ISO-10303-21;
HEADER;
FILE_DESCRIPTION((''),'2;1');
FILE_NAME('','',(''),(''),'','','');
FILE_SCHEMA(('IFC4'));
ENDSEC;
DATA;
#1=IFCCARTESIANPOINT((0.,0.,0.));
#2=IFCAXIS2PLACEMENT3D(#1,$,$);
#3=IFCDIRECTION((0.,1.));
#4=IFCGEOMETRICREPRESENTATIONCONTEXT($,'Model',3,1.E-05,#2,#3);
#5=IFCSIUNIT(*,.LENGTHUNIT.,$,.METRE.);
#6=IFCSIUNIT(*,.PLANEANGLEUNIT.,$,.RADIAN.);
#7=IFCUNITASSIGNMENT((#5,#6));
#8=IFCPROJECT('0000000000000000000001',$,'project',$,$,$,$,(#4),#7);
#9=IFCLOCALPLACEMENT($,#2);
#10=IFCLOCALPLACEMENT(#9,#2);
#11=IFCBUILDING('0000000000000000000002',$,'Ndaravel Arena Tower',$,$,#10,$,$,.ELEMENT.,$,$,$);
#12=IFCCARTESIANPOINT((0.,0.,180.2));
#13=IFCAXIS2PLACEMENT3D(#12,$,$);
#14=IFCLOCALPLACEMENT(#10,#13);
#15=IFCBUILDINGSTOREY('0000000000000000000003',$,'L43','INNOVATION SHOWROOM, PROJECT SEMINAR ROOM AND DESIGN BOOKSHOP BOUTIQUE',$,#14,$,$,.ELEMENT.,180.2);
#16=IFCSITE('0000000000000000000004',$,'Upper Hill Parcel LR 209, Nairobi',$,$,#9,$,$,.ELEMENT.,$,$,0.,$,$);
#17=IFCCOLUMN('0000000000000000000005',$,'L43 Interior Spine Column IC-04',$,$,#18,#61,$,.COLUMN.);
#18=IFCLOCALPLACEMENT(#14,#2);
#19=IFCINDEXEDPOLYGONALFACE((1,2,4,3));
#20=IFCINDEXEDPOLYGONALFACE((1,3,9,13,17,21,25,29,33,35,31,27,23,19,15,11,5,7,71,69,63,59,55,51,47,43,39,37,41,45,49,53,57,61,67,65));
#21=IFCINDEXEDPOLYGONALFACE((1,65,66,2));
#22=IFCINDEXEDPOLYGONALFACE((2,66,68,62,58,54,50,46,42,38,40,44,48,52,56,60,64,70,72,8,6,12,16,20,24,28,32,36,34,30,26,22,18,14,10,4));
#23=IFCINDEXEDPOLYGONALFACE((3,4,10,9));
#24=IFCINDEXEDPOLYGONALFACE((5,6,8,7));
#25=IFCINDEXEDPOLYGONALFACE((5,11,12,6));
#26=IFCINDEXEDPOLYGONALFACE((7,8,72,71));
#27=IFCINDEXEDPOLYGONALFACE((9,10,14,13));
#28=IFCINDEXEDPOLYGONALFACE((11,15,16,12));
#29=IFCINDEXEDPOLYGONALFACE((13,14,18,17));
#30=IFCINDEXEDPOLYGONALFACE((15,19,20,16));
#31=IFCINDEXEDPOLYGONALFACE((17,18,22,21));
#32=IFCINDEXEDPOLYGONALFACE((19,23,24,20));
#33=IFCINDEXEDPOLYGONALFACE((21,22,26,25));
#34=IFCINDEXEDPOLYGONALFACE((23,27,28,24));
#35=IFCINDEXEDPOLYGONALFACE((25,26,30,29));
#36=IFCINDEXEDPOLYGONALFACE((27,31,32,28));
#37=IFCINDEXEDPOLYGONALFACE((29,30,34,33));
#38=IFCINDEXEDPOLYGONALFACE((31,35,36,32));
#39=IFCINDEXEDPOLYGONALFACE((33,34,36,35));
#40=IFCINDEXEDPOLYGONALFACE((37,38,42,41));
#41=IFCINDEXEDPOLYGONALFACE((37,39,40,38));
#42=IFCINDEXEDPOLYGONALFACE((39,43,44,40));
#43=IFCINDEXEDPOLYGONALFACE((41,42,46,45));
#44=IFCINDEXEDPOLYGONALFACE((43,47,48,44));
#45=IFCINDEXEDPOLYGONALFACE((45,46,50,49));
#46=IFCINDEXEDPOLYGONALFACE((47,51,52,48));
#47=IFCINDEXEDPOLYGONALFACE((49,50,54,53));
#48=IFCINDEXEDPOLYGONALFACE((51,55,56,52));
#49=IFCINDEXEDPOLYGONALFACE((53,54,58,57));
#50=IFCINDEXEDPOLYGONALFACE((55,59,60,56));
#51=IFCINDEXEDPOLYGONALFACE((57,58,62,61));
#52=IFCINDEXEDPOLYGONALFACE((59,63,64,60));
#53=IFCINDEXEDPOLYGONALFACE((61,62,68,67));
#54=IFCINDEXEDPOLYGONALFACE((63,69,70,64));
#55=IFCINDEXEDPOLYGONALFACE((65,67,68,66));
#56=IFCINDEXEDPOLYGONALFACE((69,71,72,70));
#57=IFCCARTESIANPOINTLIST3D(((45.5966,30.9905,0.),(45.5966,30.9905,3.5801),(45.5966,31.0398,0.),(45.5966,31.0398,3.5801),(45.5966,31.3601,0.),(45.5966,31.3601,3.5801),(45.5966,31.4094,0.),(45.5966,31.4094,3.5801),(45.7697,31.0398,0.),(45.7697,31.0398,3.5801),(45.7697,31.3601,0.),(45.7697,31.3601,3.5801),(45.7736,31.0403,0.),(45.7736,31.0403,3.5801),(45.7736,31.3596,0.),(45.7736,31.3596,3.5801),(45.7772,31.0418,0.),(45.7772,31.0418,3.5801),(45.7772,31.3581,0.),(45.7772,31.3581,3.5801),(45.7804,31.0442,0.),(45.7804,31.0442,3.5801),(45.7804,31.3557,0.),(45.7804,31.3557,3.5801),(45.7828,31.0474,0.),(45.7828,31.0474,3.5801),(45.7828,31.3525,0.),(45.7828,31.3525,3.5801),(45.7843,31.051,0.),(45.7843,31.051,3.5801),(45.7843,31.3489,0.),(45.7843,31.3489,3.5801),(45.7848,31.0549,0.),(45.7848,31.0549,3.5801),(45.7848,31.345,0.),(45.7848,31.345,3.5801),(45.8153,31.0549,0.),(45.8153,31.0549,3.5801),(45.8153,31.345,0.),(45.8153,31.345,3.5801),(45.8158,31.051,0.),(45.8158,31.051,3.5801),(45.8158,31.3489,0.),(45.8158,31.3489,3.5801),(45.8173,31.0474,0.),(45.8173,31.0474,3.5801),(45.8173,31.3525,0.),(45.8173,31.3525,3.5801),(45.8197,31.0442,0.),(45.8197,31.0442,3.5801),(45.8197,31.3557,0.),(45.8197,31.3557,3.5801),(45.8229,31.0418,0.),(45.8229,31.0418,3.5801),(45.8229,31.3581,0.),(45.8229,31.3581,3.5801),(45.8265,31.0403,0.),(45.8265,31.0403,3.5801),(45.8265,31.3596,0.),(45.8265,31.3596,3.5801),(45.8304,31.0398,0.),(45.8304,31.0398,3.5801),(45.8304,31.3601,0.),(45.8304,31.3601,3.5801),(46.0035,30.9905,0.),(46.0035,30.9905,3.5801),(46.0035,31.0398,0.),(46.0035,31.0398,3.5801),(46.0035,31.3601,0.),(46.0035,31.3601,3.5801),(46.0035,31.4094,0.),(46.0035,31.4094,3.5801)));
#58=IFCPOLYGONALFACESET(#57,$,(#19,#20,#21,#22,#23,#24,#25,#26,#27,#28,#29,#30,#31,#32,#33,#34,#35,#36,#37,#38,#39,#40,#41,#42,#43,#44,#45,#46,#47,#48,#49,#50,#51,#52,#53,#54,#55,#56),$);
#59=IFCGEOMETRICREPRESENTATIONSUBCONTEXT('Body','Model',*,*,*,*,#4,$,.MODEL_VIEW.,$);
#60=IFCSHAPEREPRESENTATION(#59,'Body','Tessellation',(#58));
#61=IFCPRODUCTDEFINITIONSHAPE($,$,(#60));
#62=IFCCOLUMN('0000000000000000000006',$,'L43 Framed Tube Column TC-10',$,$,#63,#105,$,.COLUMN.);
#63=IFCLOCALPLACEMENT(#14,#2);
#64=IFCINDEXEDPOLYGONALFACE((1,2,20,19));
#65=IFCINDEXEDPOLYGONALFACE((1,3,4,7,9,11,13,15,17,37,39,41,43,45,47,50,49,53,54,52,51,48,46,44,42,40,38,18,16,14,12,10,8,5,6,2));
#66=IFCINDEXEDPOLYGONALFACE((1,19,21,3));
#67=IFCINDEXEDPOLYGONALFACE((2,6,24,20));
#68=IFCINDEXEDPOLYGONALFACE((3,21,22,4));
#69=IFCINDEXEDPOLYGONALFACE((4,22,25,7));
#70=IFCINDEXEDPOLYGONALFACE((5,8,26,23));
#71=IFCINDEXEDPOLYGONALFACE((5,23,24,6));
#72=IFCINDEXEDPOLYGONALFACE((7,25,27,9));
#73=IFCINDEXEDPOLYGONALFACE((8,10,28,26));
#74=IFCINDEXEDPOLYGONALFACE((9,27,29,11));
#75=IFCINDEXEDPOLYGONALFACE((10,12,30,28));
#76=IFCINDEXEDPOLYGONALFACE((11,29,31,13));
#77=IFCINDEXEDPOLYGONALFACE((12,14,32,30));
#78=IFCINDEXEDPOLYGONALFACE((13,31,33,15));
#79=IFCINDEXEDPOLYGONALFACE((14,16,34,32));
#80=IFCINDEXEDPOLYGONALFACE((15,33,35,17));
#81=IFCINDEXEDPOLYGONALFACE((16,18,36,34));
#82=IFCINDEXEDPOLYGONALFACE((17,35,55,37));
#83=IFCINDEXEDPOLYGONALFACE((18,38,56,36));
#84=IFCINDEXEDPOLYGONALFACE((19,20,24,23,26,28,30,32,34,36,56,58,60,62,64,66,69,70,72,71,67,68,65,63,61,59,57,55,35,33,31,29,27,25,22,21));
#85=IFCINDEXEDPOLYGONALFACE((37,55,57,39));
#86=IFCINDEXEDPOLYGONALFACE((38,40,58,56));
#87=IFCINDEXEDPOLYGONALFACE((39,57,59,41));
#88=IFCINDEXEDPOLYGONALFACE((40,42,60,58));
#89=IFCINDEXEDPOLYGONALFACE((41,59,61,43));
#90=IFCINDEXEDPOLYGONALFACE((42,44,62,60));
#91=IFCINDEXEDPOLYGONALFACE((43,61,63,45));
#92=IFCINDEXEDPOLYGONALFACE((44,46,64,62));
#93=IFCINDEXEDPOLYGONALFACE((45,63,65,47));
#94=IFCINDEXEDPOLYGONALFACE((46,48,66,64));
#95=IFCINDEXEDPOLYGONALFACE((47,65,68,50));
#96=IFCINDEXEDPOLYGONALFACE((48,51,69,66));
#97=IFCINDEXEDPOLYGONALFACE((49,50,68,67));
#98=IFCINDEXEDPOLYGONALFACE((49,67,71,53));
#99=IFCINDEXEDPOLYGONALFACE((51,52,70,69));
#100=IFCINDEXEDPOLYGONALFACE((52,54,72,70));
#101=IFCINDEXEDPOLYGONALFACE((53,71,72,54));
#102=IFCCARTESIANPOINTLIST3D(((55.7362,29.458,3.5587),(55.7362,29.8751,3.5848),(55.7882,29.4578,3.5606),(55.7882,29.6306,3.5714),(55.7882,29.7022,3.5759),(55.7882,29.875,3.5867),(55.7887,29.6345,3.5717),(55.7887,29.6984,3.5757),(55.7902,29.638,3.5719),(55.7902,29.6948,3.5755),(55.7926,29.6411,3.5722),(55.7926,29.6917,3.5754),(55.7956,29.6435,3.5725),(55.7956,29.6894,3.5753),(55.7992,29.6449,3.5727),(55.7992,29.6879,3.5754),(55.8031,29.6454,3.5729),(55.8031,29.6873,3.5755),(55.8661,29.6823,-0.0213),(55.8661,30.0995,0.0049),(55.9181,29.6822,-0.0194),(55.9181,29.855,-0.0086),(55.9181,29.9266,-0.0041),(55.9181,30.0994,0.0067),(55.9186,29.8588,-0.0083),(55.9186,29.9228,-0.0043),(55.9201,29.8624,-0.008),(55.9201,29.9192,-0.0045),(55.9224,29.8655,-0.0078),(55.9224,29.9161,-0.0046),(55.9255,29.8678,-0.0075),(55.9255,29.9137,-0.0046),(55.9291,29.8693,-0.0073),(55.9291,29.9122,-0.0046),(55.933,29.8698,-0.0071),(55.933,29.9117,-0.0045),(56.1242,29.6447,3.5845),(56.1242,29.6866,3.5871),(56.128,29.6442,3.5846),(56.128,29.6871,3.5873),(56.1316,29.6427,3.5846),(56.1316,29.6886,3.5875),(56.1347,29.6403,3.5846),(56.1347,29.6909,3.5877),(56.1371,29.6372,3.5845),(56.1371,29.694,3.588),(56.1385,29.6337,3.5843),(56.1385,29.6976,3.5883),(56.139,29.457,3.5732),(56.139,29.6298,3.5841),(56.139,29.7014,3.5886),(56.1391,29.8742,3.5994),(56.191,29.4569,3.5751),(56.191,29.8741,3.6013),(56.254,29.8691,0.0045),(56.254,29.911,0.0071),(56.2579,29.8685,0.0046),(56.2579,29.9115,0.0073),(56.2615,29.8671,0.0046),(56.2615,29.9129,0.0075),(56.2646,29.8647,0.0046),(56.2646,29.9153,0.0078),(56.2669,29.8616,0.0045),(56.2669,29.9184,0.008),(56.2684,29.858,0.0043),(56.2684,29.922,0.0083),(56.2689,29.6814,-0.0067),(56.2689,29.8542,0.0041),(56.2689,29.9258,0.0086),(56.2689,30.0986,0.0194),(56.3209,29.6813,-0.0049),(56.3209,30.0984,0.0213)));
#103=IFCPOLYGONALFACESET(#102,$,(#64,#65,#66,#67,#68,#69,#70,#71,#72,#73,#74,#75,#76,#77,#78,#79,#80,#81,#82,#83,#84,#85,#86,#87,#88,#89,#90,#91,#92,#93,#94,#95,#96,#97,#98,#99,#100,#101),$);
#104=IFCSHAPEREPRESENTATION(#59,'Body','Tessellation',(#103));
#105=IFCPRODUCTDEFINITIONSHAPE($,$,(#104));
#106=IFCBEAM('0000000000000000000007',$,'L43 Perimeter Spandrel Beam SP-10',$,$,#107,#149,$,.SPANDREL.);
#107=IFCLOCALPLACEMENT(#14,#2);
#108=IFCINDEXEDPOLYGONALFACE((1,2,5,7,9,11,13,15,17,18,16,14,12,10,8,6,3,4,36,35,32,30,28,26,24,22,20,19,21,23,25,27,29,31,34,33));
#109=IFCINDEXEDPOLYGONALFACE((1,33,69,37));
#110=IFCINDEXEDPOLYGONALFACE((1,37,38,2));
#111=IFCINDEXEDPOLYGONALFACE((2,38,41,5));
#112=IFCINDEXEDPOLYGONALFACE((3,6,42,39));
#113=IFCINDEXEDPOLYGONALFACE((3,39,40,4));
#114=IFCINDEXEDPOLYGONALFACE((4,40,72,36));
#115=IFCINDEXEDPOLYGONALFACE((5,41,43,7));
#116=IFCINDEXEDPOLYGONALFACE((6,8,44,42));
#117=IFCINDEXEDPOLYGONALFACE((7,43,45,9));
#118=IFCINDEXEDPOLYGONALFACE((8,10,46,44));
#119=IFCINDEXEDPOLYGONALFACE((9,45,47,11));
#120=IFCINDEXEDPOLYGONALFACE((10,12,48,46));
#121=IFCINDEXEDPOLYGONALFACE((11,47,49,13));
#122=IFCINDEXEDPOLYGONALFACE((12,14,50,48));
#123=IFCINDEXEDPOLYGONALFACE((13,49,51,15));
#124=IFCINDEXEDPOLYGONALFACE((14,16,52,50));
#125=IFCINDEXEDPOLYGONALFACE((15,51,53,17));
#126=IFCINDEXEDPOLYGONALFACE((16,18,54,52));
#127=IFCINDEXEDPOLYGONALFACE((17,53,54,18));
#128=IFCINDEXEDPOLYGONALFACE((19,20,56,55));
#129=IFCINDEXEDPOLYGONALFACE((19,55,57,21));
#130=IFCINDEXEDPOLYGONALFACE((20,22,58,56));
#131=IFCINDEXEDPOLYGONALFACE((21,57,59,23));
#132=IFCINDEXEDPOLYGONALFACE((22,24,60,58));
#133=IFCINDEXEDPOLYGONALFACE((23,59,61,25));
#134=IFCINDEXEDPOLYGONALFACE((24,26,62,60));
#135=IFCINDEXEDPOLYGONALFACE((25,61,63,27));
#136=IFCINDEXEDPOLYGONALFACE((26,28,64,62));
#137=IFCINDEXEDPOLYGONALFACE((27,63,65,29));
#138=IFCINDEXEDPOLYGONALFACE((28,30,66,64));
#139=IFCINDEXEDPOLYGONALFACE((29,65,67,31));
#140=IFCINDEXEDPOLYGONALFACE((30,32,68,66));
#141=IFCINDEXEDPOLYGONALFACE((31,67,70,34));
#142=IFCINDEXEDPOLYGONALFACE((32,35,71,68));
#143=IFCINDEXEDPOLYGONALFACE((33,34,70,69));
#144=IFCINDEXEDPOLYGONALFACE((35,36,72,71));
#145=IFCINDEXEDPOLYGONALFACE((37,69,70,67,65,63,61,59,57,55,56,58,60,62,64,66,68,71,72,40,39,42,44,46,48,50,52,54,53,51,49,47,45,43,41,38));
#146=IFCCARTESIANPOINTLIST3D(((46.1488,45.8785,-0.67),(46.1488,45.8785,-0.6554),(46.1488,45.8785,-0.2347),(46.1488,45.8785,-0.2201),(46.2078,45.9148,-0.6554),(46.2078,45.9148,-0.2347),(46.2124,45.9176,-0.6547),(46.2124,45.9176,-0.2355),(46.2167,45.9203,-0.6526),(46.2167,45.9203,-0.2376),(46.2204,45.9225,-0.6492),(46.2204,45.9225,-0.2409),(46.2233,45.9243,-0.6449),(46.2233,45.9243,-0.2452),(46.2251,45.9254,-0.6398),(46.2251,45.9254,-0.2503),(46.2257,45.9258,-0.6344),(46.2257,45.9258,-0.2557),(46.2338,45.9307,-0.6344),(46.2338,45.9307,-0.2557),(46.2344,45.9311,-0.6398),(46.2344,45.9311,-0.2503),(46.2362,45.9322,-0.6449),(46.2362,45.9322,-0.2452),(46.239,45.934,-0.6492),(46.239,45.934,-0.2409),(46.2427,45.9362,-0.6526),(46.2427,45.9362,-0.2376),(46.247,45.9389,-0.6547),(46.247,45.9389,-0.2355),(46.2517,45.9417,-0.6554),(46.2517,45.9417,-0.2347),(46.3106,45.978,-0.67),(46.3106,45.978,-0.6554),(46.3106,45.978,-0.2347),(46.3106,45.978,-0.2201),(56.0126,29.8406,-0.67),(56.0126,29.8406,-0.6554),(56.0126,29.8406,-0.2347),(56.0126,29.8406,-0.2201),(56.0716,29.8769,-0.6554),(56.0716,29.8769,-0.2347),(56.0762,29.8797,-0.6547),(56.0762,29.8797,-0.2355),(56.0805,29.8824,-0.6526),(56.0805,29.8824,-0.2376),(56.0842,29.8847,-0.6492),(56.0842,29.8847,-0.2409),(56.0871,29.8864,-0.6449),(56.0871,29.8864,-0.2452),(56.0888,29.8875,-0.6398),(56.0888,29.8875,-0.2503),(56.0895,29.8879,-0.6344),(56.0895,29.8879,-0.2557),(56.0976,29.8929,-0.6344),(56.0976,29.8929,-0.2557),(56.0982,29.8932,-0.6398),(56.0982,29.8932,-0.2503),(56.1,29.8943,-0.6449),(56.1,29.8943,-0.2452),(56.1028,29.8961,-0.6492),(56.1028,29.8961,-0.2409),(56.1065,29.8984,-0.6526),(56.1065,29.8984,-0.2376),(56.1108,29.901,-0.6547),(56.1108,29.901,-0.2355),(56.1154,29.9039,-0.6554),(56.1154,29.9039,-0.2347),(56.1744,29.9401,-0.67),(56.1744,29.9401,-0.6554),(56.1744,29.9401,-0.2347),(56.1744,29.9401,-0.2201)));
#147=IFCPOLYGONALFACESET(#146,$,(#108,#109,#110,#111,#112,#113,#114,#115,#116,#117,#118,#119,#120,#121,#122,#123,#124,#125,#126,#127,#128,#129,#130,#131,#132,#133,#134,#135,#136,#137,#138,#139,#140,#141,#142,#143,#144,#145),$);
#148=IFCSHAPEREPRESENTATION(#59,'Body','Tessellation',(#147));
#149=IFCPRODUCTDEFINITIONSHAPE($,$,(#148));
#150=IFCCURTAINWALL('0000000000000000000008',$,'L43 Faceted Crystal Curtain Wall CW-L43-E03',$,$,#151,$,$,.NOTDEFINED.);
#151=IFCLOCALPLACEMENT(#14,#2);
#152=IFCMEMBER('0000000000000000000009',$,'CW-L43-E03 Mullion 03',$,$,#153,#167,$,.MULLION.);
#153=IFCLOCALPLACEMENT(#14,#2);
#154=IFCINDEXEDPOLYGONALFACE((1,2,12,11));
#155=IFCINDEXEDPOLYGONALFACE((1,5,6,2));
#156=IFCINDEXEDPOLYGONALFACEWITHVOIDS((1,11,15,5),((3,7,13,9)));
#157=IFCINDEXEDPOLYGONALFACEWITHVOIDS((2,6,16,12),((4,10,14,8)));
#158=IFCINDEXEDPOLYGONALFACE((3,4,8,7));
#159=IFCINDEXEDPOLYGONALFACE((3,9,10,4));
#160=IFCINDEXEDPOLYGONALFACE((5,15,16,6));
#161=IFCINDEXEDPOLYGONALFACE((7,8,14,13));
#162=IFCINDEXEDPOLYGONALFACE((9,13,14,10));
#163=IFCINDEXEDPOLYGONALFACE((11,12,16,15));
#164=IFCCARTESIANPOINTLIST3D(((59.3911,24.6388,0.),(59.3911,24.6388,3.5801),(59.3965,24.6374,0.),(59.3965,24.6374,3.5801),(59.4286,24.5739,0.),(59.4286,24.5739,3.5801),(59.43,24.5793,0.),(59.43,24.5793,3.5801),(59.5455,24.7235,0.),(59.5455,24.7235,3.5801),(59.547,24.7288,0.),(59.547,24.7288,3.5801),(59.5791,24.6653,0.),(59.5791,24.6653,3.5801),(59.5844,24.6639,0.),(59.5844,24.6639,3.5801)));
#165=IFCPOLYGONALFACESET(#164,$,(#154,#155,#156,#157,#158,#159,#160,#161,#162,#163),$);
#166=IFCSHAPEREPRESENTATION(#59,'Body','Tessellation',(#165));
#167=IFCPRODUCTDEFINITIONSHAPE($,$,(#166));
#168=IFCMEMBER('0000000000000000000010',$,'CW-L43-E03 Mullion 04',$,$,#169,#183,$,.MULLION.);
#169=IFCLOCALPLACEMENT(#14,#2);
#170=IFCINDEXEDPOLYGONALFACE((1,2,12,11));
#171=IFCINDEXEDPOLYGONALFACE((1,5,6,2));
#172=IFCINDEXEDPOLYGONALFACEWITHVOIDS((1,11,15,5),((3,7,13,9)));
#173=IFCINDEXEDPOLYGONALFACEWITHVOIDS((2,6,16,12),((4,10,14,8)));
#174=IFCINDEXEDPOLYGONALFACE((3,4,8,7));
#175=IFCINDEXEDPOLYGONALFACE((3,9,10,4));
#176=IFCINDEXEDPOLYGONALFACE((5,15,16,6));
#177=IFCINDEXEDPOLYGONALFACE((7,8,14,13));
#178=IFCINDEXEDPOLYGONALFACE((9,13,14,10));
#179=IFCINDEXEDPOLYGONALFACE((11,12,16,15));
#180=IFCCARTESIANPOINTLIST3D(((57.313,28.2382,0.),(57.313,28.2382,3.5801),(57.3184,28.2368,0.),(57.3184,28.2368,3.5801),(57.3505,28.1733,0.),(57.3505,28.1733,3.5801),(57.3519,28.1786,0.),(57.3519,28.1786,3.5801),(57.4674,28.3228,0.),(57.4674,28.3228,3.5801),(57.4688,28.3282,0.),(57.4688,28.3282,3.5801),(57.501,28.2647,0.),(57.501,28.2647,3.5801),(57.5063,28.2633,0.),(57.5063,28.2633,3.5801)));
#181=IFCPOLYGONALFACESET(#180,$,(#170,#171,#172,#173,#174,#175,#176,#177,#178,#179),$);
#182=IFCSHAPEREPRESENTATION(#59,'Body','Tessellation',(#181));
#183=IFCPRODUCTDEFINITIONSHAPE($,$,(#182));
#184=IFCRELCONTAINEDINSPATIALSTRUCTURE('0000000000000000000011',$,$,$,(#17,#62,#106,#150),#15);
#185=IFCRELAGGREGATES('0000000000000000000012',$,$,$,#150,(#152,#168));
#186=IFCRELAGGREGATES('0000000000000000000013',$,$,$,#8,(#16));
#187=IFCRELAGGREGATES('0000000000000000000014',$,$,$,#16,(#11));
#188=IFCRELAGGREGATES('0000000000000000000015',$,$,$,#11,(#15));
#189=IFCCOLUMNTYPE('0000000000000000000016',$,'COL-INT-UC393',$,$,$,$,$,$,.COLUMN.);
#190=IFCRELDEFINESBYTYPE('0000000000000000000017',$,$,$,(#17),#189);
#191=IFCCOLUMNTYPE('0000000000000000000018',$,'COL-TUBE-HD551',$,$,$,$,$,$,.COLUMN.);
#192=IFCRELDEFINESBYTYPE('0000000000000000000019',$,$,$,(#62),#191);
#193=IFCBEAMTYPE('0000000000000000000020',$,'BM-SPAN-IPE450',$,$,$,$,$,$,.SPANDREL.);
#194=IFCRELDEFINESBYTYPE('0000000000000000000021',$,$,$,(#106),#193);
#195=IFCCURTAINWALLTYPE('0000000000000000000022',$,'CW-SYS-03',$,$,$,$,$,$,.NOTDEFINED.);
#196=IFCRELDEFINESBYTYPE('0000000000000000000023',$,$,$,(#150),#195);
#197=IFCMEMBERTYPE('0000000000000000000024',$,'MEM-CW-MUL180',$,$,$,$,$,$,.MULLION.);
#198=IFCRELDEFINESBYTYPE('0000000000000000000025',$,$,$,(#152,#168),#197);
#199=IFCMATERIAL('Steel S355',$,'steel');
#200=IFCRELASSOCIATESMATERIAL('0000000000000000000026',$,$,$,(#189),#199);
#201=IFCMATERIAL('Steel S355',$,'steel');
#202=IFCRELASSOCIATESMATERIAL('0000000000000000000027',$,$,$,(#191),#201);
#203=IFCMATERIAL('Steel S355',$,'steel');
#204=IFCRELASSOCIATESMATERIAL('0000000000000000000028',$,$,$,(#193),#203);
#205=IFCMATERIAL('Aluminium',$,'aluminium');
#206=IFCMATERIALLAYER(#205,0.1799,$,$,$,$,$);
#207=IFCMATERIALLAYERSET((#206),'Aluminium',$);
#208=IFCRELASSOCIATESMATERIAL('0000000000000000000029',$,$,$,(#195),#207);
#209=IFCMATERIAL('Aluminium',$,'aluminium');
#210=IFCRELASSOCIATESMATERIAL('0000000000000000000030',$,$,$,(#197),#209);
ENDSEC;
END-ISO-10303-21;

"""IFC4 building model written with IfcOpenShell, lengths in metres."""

from ifc_helpers import new_model, si_unit, direction, frame, origin, origin_2d, place, context, subcontext, project, spatial, hollow_rectangle, i_section, extrude, material, layer, layer_set, material_profile, profile_set, type_object, element, aggregate, save


model = new_model("IFC4")

# Units and contexts
model_context = context("Model", 3, precision=1e-05, world=origin(), true_north=direction((0.0, 1.0)))
body_context = subcontext(model_context, "Body", "Model", "MODEL_VIEW")
ifc_project = project(units=[si_unit("LENGTHUNIT", "METRE"), si_unit("PLANEANGLEUNIT", "RADIAN")], contexts=[model_context])

# Site, building, storey
site_placement = place(None, origin())
site = spatial("IfcSite", under=ifc_project, at=site_placement, Name="Upper Hill Parcel LR 209, Nairobi", CompositionType="ELEMENT", RefElevation=0.0)
building_placement = place(site_placement, origin())
building = spatial("IfcBuilding", under=site, at=building_placement, Name="Ndaravel Arena Tower", CompositionType="ELEMENT")
storey_placement = place(building_placement, frame((0.0, 0.0, 180.2)))
storey = spatial("IfcBuildingStorey", under=building, at=storey_placement, Name="L43", Description="INNOVATION SHOWROOM, PROJECT SEMINAR ROOM AND DESIGN BOOKSHOP BOUTIQUE", CompositionType="ELEMENT", Elevation=180.2)

# Columns
ifc_material_1 = material(Name="Steel S355", Category="steel")
ifc_material_profile_1 = material_profile(ifc_material_1, i_section(OverallWidth=0.407, OverallDepth=0.4189, WebThickness=0.0305, FlangeThickness=0.0493, FilletRadius=0.0151, at=origin_2d()), Name="UC 356x406x393")
ifc_profile_set_1 = profile_set([ifc_material_profile_1], Name="Steel S355")
column_type_1 = type_object("IfcColumnType", Name="COL-INT-UC393", PredefinedType="COLUMN", material=ifc_profile_set_1)
column_1_placement = place(storey_placement, frame((45.8, 31.2, 0.0), z_axis=(0.0, 0.0, 1.0), x_axis=(1.0, 0.0, 0.0)))
element("IfcColumn", 1, at=column_1_placement, inside=storey, type_object=column_type_1, Name="L43 Interior Spine Column IC-04", PredefinedType="COLUMN", context=body_context, shape_type="SweptSolid", body=[
    extrude(i_section(OverallWidth=0.407, OverallDepth=0.4189, WebThickness=0.0305, FlangeThickness=0.0493, FilletRadius=0.0151, at=origin_2d()), origin(), (0.0, 0.0, 1.0), 3.5801),
])
ifc_material_2 = material(Name="Steel S355", Category="steel")
ifc_material_profile_2 = material_profile(ifc_material_2, i_section(OverallWidth=0.418, OverallDepth=0.4551, WebThickness=0.042, FlangeThickness=0.052, FilletRadius=0.0149, at=origin_2d()), Name="HD 400x551")
ifc_profile_set_2 = profile_set([ifc_material_profile_2], Name="Steel S355")
column_type_2 = type_object("IfcColumnType", Name="COL-TUBE-HD551", PredefinedType="COLUMN", material=ifc_profile_set_2)
column_2_placement = place(storey_placement, frame((56.0935, 29.8904, 0.0), z_axis=(-0.036185, -0.062507, 0.997388), x_axis=(0.000021, 0.998042, 0.062549)))
element("IfcColumn", 2, at=column_2_placement, inside=storey, type_object=column_type_2, Name="L43 Framed Tube Column TC-10", PredefinedType="COLUMN", context=body_context, shape_type="SweptSolid", body=[
    extrude(i_section(OverallWidth=0.418, OverallDepth=0.4551, WebThickness=0.042, FlangeThickness=0.052, FilletRadius=0.0149, at=origin_2d()), origin(), (0.0, 0.0, 1.0), 3.5894),
])

# Beam
ifc_material_3 = material(Name="Steel S355", Category="steel")
ifc_material_profile_3 = material_profile(ifc_material_3, i_section(OverallWidth=0.1899, OverallDepth=0.45, WebThickness=0.0095, FlangeThickness=0.0146, FilletRadius=0.021, at=origin_2d()), Name="IPE 450")
ifc_profile_set_3 = profile_set([ifc_material_profile_3], Name="Steel S355")
beam_type = type_object("IfcBeamType", Name="BM-SPAN-IPE450", PredefinedType="SPANDREL", material=ifc_profile_set_3)
beam_placement = place(storey_placement, frame((56.0935, 29.8904, -0.4451), z_axis=(-0.523879, 0.851793, 0.0), x_axis=(-0.851793, -0.523879, 0.0)))
element("IfcBeam", 3, at=beam_placement, inside=storey, type_object=beam_type, Name="L43 Perimeter Spandrel Beam SP-10", PredefinedType="SPANDREL", context=body_context, shape_type="SweptSolid", body=[
    extrude(i_section(OverallWidth=0.1899, OverallDepth=0.45, WebThickness=0.0095, FlangeThickness=0.0146, FilletRadius=0.021, at=origin_2d()), origin(), (0.0, 0.0, 1.0), 18.8284),
])

# Curtain wall, members
ifc_material_4 = material(Name="Aluminium", Category="aluminium")
ifc_layer_1 = layer(ifc_material_4, 0.1799)
ifc_layer_set_1 = layer_set([ifc_layer_1], Name="Aluminium")
curtain_wall_type = type_object("IfcCurtainWallType", Name="CW-SYS-03", PredefinedType="NOTDEFINED", material=ifc_layer_set_1)
curtain_wall_placement = place(storey_placement, origin())
curtain_wall = element("IfcCurtainWall", 4, at=curtain_wall_placement, inside=storey, type_object=curtain_wall_type, Name="L43 Faceted Crystal Curtain Wall CW-L43-E03", PredefinedType="NOTDEFINED")
ifc_material_5 = material(Name="Aluminium", Category="aluminium")
ifc_material_profile_4 = material_profile(ifc_material_5, hollow_rectangle(XDim=0.075, YDim=0.1799, WallThickness=0.0039, at=origin_2d()), Name="CW MULLION 75x180x4")
ifc_profile_set_4 = profile_set([ifc_material_profile_4], Name="Aluminium")
member_type = type_object("IfcMemberType", Name="MEM-CW-MUL180", PredefinedType="MULLION", material=ifc_profile_set_4)
member_1_placement = place(storey_placement, frame((59.4878, 24.6514, 0.0), z_axis=(0.0, 0.0, 1.0), x_axis=(-0.5, 0.866025, 0.0)))
member_1 = element("IfcMember", 5, at=member_1_placement, type_object=member_type, Name="CW-L43-E03 Mullion 03", PredefinedType="MULLION", context=body_context, shape_type="SweptSolid", body=[
    extrude(hollow_rectangle(XDim=0.075, YDim=0.1799, WallThickness=0.0039, at=origin_2d()), origin(), (0.0, 0.0, 1.0), 3.5801),
])
member_2_placement = place(storey_placement, frame((57.4097, 28.2507, 0.0), z_axis=(0.0, 0.0, 1.0), x_axis=(-0.5, 0.866025, 0.0)))
member_2 = element("IfcMember", 6, at=member_2_placement, type_object=member_type, Name="CW-L43-E03 Mullion 04", PredefinedType="MULLION", context=body_context, shape_type="SweptSolid", body=[
    extrude(hollow_rectangle(XDim=0.075, YDim=0.1799, WallThickness=0.0039, at=origin_2d()), origin(), (0.0, 0.0, 1.0), 3.5801),
])
aggregate(curtain_wall, [member_1, member_2])

save(model, "model.ifc")
